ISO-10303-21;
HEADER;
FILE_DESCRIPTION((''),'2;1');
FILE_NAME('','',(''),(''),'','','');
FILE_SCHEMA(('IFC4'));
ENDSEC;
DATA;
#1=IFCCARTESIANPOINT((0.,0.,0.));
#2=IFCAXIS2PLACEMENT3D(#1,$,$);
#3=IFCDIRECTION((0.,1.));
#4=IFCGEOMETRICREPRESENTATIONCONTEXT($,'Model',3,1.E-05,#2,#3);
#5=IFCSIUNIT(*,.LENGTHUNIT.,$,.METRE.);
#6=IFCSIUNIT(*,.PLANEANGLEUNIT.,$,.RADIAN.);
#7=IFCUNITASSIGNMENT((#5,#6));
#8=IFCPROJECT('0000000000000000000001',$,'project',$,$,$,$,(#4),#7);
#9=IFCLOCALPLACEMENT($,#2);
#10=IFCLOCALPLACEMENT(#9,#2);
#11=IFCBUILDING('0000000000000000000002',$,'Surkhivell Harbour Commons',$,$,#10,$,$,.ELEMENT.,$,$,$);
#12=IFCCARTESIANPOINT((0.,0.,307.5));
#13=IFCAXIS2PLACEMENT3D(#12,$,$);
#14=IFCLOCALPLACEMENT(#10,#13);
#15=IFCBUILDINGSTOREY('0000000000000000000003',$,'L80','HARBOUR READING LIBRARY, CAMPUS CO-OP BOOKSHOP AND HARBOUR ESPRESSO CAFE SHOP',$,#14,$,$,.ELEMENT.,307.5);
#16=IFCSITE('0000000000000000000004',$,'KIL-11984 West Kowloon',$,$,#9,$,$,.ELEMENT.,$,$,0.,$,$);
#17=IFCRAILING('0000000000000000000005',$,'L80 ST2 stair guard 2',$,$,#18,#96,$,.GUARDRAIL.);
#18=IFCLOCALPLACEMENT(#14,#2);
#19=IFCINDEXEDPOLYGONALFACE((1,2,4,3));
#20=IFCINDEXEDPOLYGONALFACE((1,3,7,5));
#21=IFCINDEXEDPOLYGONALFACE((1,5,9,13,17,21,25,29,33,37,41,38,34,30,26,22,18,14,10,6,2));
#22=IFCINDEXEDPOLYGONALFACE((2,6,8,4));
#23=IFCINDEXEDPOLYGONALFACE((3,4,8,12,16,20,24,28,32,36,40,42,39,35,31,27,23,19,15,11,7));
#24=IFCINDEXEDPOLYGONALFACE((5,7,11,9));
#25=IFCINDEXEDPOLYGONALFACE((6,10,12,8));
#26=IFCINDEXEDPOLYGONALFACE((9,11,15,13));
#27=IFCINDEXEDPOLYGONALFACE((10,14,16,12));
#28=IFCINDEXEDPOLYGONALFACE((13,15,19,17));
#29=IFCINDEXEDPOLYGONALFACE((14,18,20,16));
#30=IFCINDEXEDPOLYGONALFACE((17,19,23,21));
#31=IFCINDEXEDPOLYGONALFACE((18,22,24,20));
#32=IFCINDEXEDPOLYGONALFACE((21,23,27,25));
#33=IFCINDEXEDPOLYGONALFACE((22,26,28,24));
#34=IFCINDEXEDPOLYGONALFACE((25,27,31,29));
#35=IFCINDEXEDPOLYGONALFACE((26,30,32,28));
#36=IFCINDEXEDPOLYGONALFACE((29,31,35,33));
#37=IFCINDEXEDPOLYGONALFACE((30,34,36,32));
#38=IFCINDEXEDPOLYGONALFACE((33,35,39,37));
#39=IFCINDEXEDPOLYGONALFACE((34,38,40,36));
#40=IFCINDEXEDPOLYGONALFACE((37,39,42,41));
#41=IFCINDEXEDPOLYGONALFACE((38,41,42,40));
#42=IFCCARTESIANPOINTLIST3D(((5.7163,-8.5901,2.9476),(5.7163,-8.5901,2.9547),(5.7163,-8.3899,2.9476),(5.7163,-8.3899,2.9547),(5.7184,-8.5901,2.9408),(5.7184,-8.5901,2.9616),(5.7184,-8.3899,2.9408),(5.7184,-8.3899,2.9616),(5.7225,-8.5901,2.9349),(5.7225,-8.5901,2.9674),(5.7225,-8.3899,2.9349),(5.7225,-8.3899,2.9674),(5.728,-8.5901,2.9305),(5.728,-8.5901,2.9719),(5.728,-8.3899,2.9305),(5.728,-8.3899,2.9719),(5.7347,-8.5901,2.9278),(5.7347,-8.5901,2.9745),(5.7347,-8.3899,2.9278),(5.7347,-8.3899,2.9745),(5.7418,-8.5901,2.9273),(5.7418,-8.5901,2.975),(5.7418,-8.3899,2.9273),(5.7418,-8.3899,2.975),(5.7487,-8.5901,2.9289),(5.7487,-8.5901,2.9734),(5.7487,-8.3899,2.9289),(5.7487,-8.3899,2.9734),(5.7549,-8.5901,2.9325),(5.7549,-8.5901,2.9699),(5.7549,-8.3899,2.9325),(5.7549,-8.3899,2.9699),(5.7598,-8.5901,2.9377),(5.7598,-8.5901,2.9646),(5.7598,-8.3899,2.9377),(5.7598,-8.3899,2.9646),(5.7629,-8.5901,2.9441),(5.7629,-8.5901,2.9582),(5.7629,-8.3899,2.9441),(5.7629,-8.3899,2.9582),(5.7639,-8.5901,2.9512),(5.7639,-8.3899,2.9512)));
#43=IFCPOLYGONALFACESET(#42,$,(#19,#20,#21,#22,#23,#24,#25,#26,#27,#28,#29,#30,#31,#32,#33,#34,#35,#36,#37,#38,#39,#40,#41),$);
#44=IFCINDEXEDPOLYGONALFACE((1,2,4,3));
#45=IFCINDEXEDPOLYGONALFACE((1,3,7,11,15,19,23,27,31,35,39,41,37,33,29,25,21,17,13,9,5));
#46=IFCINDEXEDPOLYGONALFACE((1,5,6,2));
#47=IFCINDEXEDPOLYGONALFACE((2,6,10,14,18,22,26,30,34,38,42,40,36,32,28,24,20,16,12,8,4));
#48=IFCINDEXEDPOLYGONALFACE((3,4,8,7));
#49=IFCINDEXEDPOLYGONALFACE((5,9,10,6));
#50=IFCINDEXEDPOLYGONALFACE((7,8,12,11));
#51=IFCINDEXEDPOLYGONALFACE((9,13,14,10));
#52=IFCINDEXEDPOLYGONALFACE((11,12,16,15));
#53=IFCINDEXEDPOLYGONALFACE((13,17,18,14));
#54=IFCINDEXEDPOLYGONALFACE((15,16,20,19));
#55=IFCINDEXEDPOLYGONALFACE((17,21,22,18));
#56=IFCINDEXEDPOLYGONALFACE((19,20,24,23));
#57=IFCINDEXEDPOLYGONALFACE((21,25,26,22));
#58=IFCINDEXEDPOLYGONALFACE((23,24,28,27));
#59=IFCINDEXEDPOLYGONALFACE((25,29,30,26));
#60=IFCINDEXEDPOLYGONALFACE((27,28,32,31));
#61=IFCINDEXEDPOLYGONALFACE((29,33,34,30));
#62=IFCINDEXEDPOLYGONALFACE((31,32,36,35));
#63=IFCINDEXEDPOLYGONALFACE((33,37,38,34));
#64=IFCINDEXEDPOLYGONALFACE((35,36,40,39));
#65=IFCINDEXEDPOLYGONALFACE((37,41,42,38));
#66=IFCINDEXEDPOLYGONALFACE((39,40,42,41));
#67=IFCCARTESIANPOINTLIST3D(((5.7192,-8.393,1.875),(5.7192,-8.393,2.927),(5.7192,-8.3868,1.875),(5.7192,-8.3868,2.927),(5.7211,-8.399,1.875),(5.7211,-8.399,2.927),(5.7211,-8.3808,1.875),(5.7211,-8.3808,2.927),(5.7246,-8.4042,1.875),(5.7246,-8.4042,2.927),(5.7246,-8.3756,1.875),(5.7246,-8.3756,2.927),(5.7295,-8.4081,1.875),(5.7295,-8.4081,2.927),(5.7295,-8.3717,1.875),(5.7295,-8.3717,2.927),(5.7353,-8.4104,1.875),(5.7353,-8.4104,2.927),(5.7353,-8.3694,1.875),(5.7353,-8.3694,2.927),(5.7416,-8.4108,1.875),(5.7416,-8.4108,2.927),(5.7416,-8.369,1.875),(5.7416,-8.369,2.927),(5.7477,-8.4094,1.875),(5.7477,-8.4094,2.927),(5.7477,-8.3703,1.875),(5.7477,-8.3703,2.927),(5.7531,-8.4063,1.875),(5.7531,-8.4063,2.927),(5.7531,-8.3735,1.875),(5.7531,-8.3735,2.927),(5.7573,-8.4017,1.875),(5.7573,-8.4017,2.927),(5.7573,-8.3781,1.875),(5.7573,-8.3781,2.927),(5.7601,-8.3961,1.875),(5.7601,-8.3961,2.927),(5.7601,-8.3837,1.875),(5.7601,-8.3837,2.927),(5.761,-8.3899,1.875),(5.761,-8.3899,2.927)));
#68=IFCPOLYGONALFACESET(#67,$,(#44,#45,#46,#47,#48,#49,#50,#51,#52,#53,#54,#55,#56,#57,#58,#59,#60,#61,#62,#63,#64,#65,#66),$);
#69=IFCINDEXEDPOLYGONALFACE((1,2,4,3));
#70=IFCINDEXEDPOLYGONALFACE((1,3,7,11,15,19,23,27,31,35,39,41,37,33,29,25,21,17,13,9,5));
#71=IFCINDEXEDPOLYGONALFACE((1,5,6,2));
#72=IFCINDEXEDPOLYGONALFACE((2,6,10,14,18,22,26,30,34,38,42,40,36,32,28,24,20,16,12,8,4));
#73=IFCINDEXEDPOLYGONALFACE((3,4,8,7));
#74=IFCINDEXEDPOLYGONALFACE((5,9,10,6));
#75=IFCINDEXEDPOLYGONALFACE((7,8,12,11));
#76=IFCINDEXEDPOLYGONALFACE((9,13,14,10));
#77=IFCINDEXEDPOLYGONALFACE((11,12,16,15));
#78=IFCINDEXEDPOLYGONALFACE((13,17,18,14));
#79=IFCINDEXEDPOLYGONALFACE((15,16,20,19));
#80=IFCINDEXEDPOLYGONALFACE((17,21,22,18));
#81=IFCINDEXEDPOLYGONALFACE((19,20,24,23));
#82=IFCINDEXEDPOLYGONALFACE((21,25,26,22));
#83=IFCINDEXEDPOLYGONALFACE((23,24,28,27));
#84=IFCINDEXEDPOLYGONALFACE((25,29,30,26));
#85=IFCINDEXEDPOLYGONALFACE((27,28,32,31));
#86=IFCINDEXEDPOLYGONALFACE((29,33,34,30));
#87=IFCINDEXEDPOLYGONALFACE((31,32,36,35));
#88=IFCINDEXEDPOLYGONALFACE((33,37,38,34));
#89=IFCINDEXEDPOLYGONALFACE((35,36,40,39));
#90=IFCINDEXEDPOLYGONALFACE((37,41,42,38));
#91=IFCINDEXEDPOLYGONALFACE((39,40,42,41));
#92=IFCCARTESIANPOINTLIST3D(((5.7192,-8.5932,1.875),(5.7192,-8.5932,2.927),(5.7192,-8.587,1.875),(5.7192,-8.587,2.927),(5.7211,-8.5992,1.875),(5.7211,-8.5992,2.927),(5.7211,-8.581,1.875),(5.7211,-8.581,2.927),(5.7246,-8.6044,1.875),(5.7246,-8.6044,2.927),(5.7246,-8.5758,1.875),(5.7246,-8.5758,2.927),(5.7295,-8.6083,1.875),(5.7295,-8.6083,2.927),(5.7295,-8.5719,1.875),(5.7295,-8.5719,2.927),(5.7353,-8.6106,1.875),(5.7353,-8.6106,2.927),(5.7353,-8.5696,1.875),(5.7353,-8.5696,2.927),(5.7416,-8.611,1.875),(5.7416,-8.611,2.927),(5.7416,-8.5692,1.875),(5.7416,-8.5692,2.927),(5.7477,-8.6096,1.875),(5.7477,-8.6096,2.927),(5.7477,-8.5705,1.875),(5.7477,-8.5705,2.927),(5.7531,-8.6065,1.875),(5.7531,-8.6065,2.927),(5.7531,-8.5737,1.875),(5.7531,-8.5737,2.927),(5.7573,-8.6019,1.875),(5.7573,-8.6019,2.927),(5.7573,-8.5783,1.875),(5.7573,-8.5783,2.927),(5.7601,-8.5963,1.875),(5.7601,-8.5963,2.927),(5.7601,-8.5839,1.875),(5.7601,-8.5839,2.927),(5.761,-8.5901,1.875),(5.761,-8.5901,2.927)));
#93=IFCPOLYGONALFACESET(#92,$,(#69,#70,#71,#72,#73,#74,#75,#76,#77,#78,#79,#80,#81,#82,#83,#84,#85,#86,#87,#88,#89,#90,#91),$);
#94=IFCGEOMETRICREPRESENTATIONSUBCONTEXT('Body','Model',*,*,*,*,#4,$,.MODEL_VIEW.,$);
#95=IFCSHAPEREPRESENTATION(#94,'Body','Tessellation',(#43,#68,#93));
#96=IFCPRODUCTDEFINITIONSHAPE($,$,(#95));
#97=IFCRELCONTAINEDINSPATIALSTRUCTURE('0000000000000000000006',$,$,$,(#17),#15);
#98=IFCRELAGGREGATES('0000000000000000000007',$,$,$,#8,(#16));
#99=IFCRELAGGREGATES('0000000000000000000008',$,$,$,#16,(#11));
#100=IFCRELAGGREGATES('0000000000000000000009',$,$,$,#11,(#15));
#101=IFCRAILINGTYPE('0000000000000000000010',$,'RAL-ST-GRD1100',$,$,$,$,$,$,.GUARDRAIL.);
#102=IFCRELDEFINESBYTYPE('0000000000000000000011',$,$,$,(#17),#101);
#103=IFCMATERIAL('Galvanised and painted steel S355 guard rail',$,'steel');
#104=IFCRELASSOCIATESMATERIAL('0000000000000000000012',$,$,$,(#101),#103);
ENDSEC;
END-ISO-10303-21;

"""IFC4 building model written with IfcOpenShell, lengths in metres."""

from ifc_helpers import new_model, si_unit, direction, frame, origin, origin_2d, place, context, subcontext, project, spatial, circle, extrude, material, type_object, element, save


model = new_model("IFC4")

# Units and contexts
model_context = context("Model", 3, precision=1e-05, world=origin(), true_north=direction((0.0, 1.0)))
body_context = subcontext(model_context, "Body", "Model", "MODEL_VIEW")
ifc_project = project(units=[si_unit("LENGTHUNIT", "METRE"), si_unit("PLANEANGLEUNIT", "RADIAN")], contexts=[model_context])

# Site, building, storey
site_placement = place(None, origin())
site = spatial("IfcSite", under=ifc_project, at=site_placement, Name="KIL-11984 West Kowloon", CompositionType="ELEMENT", RefElevation=0.0)
building_placement = place(site_placement, origin())
building = spatial("IfcBuilding", under=site, at=building_placement, Name="Surkhivell Harbour Commons", CompositionType="ELEMENT")
storey_placement = place(building_placement, frame((0.0, 0.0, 307.5)))
storey = spatial("IfcBuildingStorey", under=building, at=storey_placement, Name="L80", Description="HARBOUR READING LIBRARY, CAMPUS CO-OP BOOKSHOP AND HARBOUR ESPRESSO CAFE SHOP", CompositionType="ELEMENT", Elevation=307.5)

# Railing
ifc_material_1 = material(Name="Galvanised and painted steel S355 guard rail", Category="steel")
railing_type_1 = type_object("IfcRailingType", Name="RAL-ST-GRD1100", PredefinedType="GUARDRAIL", material=ifc_material_1)
railing_1_placement = place(storey_placement, frame((5.74, -8.3899, 1.875)))
element("IfcRailing", 1, at=railing_1_placement, inside=storey, type_object=railing_type_1, Name="L80 ST2 stair guard 2", PredefinedType="GUARDRAIL", context=body_context, shape_type="SweptSolid", body=[
    extrude(circle(Radius=0.0239, at=origin_2d()), frame((0.0, 0.0, 1.0762), z_axis=(0.0, -1.0, 0.0), x_axis=(1.0, 0.0, 0.0)), (0.0, 0.0, 1.0), 0.2002),
    extrude(circle(Radius=0.021, at=origin_2d()), origin(), (0.0, 0.0, 1.0), 1.052),
    extrude(circle(Radius=0.021, at=origin_2d()), frame((0.0, -0.2002, 0.0)), (0.0, 0.0, 1.0), 1.052),
])

save(model, "model.ifc")
